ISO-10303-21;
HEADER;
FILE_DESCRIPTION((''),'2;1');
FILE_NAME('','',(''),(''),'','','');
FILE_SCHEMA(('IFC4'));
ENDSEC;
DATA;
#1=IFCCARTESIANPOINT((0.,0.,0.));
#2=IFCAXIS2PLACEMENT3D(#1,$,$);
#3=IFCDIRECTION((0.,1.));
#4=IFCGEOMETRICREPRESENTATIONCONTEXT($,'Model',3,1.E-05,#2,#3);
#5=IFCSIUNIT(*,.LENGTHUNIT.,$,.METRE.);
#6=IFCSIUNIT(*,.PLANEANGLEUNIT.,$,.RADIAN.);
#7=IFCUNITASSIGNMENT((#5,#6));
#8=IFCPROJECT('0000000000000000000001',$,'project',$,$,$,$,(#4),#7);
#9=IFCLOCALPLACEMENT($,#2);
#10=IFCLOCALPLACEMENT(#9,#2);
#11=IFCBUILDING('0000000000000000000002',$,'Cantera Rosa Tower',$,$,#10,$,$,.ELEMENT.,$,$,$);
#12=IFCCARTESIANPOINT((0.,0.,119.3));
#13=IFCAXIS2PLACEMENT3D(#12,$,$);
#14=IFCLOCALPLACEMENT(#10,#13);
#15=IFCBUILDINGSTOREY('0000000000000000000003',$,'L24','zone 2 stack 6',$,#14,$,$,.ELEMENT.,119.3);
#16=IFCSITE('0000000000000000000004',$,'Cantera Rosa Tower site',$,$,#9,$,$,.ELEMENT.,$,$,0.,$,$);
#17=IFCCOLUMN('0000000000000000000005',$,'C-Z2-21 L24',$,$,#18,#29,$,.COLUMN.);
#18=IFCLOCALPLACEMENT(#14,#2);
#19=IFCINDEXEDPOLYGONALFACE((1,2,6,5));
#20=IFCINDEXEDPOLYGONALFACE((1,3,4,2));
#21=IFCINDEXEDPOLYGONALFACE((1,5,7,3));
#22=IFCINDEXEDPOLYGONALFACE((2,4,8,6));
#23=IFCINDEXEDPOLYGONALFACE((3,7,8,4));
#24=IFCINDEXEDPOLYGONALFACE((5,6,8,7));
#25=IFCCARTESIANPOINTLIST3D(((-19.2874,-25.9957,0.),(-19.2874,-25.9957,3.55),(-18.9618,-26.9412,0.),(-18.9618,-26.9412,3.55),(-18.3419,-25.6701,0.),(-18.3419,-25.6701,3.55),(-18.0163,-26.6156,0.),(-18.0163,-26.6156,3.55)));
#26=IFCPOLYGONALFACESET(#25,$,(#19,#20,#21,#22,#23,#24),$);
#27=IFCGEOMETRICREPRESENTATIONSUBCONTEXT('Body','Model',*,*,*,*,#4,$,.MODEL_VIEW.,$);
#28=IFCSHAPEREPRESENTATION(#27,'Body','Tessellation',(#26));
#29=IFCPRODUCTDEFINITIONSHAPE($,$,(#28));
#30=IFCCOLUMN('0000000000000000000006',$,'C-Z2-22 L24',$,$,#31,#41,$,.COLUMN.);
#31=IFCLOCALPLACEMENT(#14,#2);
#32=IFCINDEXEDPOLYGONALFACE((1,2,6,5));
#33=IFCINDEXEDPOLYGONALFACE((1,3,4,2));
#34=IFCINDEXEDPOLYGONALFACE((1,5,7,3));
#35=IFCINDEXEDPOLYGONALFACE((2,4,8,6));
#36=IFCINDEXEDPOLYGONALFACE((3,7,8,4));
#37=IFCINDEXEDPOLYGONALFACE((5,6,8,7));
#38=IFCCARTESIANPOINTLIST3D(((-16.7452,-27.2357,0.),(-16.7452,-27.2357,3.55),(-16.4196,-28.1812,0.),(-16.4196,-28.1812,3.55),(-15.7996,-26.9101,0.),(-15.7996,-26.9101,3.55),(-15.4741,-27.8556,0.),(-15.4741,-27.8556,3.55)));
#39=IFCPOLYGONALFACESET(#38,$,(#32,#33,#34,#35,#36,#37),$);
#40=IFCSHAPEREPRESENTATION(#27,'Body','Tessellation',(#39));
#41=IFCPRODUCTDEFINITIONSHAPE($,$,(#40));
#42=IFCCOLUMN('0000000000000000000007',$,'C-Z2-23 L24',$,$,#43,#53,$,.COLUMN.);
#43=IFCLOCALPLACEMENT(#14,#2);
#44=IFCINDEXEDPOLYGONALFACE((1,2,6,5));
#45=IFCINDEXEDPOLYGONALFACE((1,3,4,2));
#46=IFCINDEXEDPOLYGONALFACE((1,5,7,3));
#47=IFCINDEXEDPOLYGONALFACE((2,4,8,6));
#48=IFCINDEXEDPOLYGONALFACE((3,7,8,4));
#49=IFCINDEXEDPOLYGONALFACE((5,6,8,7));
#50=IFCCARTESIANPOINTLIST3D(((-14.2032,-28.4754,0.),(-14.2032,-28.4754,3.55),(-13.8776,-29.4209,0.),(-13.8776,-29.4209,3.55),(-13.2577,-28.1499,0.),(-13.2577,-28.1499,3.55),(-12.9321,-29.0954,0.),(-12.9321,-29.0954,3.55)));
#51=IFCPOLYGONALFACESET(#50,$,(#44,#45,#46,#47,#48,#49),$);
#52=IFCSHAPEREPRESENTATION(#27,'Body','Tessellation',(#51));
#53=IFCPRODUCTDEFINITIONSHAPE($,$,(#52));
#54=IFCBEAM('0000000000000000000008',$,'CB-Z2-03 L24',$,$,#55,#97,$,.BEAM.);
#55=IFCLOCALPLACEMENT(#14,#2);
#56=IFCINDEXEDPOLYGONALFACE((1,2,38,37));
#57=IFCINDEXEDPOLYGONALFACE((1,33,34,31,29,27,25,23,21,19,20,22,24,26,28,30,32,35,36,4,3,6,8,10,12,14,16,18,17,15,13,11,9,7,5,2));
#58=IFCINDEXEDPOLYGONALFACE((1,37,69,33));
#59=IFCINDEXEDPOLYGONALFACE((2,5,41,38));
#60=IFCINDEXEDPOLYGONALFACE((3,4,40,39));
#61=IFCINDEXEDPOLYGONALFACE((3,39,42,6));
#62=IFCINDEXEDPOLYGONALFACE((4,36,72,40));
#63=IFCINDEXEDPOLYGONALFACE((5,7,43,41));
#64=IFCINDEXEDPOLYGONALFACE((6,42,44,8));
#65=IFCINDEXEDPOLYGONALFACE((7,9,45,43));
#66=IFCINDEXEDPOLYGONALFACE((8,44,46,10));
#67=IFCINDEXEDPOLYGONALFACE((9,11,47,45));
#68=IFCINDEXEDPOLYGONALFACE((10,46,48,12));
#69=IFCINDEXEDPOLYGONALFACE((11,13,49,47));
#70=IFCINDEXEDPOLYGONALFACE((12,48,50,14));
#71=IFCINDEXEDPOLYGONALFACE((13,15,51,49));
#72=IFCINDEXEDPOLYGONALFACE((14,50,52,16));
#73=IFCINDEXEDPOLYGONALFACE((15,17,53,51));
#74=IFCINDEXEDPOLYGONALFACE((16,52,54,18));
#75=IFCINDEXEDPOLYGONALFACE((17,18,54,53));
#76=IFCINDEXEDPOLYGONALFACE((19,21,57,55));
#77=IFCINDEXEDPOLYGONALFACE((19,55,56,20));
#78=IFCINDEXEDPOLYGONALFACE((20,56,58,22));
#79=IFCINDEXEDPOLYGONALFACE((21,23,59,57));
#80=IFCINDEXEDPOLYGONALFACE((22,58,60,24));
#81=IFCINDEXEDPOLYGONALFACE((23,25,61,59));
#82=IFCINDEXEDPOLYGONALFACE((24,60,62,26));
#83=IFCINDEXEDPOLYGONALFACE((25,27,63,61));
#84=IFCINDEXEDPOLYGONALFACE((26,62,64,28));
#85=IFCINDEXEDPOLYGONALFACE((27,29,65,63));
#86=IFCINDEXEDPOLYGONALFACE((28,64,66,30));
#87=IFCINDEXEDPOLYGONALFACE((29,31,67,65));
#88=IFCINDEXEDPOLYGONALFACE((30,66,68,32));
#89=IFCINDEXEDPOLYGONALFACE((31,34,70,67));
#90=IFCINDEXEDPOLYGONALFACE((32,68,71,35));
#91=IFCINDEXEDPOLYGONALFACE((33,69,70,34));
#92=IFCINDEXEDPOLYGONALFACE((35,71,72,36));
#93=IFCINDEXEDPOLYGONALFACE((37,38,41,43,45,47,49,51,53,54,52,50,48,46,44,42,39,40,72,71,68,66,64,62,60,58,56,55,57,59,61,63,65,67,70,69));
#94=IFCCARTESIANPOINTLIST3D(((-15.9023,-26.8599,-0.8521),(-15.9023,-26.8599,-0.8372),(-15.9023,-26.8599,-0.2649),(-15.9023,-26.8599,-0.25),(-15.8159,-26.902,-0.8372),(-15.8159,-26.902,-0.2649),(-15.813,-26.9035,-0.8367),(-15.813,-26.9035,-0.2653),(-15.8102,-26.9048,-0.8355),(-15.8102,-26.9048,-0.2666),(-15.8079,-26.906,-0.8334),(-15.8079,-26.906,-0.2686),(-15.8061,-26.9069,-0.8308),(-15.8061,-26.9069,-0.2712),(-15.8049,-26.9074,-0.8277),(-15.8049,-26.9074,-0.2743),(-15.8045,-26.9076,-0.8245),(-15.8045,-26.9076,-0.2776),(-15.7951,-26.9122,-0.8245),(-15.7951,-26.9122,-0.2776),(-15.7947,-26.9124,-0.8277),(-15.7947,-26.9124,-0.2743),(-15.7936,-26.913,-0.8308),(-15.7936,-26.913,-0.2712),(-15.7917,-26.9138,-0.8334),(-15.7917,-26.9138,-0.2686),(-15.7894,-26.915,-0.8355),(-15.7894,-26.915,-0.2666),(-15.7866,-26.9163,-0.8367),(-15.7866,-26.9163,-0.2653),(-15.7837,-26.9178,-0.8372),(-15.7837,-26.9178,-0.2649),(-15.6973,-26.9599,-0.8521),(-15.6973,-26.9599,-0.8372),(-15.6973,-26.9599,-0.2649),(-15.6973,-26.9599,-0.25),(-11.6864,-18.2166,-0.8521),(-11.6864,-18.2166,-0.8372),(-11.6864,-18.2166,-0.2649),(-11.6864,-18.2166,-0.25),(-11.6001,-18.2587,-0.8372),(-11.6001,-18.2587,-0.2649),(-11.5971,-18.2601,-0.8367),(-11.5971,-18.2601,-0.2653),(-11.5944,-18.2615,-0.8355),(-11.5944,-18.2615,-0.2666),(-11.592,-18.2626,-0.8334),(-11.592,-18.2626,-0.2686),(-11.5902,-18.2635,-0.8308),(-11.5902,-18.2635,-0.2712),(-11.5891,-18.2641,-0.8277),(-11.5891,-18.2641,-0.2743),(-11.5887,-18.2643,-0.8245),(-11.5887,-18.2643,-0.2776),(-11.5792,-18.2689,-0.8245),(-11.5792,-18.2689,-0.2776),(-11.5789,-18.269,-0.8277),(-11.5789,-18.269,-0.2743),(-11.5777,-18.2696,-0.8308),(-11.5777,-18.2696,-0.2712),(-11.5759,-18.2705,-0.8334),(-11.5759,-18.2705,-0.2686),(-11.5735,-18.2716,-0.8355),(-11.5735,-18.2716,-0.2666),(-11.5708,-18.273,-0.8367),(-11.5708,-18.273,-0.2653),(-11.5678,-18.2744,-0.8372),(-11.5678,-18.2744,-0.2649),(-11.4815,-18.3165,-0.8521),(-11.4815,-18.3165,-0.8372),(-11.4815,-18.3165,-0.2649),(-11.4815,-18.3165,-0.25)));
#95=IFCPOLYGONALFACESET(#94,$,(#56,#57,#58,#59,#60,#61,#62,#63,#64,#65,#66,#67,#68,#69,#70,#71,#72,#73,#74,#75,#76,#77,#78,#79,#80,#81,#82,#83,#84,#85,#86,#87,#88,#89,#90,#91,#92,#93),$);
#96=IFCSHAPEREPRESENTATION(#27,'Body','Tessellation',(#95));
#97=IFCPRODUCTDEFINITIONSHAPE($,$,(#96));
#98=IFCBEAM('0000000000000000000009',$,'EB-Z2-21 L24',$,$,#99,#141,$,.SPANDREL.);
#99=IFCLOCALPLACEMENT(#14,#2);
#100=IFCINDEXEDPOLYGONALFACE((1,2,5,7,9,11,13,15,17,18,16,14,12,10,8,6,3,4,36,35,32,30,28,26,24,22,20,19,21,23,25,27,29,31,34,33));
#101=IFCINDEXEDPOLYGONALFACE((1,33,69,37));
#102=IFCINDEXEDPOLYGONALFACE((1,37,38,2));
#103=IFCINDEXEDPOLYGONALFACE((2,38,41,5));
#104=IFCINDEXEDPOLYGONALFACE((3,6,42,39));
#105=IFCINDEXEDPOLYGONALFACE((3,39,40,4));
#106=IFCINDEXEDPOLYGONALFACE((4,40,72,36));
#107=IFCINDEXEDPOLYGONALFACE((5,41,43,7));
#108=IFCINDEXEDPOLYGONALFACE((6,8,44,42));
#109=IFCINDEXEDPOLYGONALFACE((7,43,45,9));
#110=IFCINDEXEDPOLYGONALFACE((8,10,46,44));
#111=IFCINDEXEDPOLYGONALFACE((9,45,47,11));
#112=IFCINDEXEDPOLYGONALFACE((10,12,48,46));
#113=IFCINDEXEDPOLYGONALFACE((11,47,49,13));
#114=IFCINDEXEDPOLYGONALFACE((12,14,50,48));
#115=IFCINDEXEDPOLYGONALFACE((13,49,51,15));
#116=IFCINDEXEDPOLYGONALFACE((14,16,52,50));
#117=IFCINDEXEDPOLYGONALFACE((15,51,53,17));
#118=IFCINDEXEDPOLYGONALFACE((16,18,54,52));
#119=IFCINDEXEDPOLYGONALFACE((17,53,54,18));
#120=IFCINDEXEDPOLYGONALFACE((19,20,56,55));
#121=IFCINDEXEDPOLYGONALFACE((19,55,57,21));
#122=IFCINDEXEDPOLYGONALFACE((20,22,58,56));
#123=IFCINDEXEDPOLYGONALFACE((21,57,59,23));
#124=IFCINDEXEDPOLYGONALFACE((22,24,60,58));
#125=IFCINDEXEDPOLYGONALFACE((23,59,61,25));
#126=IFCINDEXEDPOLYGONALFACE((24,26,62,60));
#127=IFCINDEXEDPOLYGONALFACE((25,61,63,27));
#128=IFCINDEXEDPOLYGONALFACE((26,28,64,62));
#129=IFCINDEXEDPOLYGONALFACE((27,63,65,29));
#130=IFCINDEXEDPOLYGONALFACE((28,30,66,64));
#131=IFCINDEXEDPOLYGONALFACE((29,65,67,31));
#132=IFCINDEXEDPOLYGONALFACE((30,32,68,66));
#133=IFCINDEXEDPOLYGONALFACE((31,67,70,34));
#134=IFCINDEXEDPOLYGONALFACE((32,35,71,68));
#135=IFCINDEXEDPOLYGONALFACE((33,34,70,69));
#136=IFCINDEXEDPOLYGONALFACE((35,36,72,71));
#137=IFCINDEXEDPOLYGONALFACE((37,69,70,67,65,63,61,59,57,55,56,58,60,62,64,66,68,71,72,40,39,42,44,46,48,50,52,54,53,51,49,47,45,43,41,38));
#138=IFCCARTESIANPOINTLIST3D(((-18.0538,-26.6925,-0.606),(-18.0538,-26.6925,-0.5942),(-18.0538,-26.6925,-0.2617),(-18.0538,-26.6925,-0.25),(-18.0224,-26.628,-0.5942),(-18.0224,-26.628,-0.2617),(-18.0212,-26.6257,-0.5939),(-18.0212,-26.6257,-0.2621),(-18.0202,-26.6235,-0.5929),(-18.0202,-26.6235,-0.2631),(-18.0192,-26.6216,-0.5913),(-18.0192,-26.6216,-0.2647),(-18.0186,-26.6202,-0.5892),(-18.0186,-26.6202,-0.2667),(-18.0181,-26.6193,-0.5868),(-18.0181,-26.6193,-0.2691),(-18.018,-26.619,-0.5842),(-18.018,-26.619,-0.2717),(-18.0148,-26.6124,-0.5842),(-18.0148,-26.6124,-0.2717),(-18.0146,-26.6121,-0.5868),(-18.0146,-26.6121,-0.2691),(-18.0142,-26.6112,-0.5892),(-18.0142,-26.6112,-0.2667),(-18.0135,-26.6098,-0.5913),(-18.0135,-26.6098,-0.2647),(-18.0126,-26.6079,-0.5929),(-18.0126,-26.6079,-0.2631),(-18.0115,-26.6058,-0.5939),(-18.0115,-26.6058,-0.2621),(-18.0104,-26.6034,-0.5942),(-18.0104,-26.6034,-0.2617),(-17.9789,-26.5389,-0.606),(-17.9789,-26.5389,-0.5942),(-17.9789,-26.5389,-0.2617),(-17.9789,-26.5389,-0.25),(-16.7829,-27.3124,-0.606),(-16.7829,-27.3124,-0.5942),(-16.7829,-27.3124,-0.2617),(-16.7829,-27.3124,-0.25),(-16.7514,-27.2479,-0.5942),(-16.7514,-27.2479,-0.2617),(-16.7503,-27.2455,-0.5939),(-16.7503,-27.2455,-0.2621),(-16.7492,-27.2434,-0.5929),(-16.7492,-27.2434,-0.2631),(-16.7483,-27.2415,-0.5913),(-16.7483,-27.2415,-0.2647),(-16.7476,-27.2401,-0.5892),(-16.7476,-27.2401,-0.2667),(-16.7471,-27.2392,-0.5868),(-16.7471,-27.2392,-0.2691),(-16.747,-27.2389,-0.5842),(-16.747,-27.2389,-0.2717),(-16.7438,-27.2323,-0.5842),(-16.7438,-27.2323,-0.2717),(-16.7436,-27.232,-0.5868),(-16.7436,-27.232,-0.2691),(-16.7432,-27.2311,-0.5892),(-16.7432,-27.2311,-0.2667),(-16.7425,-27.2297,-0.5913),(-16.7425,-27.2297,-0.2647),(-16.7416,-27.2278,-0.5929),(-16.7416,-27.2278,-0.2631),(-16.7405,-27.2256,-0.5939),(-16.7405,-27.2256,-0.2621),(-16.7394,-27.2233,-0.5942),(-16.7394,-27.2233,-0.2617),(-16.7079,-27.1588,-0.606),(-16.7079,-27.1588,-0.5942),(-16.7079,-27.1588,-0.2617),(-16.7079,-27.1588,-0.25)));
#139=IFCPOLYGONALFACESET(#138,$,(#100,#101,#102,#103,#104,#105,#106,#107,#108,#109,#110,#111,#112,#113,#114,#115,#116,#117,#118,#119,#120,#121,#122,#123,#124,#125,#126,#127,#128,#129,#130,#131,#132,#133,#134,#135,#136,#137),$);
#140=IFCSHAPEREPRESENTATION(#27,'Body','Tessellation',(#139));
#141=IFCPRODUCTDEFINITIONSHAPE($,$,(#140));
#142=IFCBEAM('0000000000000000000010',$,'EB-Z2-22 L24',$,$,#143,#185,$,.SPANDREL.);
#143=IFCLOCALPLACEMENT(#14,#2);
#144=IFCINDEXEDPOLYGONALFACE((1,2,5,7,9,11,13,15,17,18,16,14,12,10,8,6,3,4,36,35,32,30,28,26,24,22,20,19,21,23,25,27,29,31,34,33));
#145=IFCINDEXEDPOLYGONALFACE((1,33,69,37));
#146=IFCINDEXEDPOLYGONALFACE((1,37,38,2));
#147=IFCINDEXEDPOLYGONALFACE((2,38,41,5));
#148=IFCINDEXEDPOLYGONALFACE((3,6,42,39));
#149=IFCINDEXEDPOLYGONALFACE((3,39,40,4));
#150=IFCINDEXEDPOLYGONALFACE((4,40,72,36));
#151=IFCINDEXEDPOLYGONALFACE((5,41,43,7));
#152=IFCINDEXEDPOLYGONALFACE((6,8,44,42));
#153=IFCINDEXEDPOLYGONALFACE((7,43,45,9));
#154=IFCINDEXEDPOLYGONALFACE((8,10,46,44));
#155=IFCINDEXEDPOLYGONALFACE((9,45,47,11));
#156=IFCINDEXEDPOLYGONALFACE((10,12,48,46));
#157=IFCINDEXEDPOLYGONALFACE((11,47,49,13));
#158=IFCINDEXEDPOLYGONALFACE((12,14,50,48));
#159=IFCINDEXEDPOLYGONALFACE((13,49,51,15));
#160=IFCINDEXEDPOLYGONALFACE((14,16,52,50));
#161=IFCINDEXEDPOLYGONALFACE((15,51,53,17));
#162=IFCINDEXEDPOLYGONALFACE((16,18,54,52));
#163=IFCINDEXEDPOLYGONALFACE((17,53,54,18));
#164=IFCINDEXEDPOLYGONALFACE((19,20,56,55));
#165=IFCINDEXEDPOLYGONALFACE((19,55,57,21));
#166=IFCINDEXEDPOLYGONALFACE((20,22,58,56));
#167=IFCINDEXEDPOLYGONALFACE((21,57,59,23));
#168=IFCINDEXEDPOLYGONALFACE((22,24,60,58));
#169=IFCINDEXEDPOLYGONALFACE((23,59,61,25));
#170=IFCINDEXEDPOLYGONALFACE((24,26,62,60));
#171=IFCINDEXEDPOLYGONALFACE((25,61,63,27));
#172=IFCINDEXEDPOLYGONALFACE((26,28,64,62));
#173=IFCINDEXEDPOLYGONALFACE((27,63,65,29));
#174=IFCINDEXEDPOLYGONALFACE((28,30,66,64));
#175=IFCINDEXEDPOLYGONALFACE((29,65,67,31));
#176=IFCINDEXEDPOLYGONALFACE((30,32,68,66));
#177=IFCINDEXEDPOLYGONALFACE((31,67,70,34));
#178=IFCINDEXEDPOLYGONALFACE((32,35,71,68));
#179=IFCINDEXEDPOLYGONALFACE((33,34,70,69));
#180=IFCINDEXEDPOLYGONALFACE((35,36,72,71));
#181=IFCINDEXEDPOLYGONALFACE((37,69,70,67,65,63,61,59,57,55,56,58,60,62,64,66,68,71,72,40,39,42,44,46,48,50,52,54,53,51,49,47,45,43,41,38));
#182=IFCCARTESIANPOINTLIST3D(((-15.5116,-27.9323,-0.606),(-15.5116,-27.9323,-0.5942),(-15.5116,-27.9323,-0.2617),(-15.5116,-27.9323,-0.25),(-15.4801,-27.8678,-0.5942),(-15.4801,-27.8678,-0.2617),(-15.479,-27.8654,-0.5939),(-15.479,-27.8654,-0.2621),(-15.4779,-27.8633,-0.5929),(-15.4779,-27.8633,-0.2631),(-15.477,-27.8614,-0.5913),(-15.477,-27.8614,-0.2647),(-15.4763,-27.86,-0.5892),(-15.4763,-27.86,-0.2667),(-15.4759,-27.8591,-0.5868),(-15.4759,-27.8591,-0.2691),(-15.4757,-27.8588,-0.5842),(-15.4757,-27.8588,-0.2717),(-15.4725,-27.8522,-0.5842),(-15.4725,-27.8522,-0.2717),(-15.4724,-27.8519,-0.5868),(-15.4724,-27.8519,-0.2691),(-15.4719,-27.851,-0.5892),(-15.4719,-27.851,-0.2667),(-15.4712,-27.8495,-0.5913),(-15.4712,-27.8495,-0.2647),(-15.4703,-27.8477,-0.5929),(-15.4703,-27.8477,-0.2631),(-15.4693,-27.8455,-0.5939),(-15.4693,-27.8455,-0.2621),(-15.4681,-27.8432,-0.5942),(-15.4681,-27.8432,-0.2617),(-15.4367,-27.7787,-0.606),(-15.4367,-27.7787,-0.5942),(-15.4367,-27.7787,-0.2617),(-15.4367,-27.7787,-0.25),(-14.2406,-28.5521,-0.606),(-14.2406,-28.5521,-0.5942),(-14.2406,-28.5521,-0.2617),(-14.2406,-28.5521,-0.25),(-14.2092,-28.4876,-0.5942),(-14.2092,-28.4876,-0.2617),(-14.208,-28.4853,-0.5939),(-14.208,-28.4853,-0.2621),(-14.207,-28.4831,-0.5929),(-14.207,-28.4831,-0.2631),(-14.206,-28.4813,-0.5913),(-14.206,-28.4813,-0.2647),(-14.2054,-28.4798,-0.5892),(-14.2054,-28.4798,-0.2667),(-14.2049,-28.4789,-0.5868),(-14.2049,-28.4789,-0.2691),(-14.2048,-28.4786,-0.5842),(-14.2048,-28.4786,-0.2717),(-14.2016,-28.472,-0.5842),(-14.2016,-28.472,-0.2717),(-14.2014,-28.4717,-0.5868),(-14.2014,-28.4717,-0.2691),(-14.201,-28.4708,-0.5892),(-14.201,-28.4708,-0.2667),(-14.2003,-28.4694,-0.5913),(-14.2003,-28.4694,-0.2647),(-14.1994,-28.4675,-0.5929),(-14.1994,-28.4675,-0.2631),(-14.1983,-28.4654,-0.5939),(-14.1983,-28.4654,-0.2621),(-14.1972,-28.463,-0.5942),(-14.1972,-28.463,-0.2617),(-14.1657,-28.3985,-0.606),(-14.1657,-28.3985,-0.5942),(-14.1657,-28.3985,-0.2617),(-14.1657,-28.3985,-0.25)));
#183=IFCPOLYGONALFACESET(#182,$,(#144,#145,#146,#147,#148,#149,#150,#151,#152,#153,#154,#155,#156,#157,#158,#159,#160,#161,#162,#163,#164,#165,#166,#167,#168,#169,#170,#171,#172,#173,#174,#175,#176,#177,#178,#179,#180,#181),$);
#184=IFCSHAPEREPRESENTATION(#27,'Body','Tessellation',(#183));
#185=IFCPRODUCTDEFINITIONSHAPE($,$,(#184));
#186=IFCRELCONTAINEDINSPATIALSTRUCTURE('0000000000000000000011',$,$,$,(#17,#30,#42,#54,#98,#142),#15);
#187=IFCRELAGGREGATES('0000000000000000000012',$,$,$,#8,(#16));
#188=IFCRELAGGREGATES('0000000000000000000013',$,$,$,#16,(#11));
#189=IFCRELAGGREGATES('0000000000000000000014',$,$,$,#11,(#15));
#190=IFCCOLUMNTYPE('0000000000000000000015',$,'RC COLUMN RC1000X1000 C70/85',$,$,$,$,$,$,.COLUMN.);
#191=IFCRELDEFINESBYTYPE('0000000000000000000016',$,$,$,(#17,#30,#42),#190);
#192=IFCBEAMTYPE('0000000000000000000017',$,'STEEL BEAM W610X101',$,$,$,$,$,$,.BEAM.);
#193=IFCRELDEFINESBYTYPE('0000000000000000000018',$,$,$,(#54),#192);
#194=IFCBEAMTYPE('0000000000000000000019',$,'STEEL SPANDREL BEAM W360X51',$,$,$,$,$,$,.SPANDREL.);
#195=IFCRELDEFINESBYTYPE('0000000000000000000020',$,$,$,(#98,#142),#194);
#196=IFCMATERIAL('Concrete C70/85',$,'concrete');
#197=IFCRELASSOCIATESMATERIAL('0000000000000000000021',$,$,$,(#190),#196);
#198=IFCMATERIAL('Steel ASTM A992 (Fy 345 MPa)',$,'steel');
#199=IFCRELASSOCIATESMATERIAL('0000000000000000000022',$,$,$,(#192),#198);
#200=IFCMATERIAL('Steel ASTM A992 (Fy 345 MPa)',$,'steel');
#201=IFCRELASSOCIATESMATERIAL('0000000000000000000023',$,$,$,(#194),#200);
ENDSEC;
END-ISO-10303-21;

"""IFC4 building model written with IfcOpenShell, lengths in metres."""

from ifc_helpers import new_model, si_unit, direction, frame, origin, origin_2d, place, context, subcontext, project, spatial, rectangle, i_section, extrude, material, material_profile, profile_set, type_object, element, save


model = new_model("IFC4")

# Units and contexts
model_context = context("Model", 3, precision=1e-05, world=origin(), true_north=direction((0.0, 1.0)))
body_context = subcontext(model_context, "Body", "Model", "MODEL_VIEW")
ifc_project = project(units=[si_unit("LENGTHUNIT", "METRE"), si_unit("PLANEANGLEUNIT", "RADIAN")], contexts=[model_context])

# Site, building, storey
site_placement = place(None, origin())
site = spatial("IfcSite", under=ifc_project, at=site_placement, Name="Cantera Rosa Tower site", CompositionType="ELEMENT", RefElevation=0.0)
building_placement = place(site_placement, origin())
building = spatial("IfcBuilding", under=site, at=building_placement, Name="Cantera Rosa Tower", CompositionType="ELEMENT")
storey_placement = place(building_placement, frame((0.0, 0.0, 119.3)))
storey = spatial("IfcBuildingStorey", under=building, at=storey_placement, Name="L24", Description="zone 2 stack 6", CompositionType="ELEMENT", Elevation=119.3)

# Columns
ifc_material_1 = material(Name="Concrete C70/85", Category="concrete")
ifc_material_profile_1 = material_profile(ifc_material_1, rectangle(XDim=1.0, YDim=1.0, at=origin_2d()), Name="RC COLUMN RC1000X1000 C70/85")
ifc_profile_set_1 = profile_set([ifc_material_profile_1], Name="Concrete C70/85")
column_type = type_object("IfcColumnType", Name="RC COLUMN RC1000X1000 C70/85", PredefinedType="COLUMN", material=ifc_profile_set_1)
for number, where, z_axis, x_axis, name in (
    (1, (-18.6519, -26.3057, 0.0), (0.0, 0.0, 1.0), (0.945519, 0.325568, 0.0), "C-Z2-21 L24"),
    (2, (-16.1096, -27.5457, 0.0), (0.0, 0.0, 1.0), (0.945519, 0.325568, 0.0), "C-Z2-22 L24"),
    (3, (-13.5676, -28.7854, 0.0), (0.0, 0.0, 1.0), (0.945519, 0.325568, 0.0), "C-Z2-23 L24"),
):
    element("IfcColumn", number, at=place(storey_placement, frame(where, z_axis=z_axis, x_axis=x_axis)), inside=storey, type_object=column_type, Name=name, PredefinedType="COLUMN", context=body_context, shape_type="SweptSolid", body=[
        extrude(rectangle(XDim=1.0, YDim=1.0, at=origin_2d()), origin(), (0.0, 0.0, 1.0), 3.55),
    ])

# Beams
ifc_material_2 = material(Name="Steel ASTM A992 (Fy 345 MPa)", Category="steel")
ifc_material_profile_2 = material_profile(ifc_material_2, i_section(OverallWidth=0.228, OverallDepth=0.6021, WebThickness=0.0105, FlangeThickness=0.0149, FilletRadius=0.0127, at=origin_2d()), Name="W610X101")
ifc_profile_set_2 = profile_set([ifc_material_profile_2], Name="Steel ASTM A992 (Fy 345 MPa)")
beam_type_1 = type_object("IfcBeamType", Name="STEEL BEAM W610X101", PredefinedType="BEAM", material=ifc_profile_set_2)
beam_1_placement = place(storey_placement, frame((-15.7998, -26.9099, -0.551), z_axis=(0.438388, 0.898786, 0.0), x_axis=(-0.898786, 0.438388, 0.0)))
element("IfcBeam", 4, at=beam_1_placement, inside=storey, type_object=beam_type_1, Name="CB-Z2-03 L24", PredefinedType="BEAM", context=body_context, shape_type="SweptSolid", body=[
    extrude(i_section(OverallWidth=0.228, OverallDepth=0.6021, WebThickness=0.0105, FlangeThickness=0.0149, FilletRadius=0.0127, at=origin_2d()), origin(), (0.0, 0.0, 1.0), 9.6167),
])
ifc_material_3 = material(Name="Steel ASTM A992 (Fy 345 MPa)", Category="steel")
ifc_material_profile_3 = material_profile(ifc_material_3, i_section(OverallWidth=0.1709, OverallDepth=0.356, WebThickness=0.0073, FlangeThickness=0.0117, FilletRadius=0.01, at=origin_2d()), Name="W360X51")
ifc_profile_set_3 = profile_set([ifc_material_profile_3], Name="Steel ASTM A992 (Fy 345 MPa)")
beam_type_2 = type_object("IfcBeamType", Name="STEEL SPANDREL BEAM W360X51", PredefinedType="SPANDREL", material=ifc_profile_set_3)
for number, where, z_axis, x_axis, name in (
    (5, (-18.0164, -26.6157, -0.428), (0.898803, -0.438352, 0.0), (0.438352, 0.898803, 0.0), "EB-Z2-21 L24"),
    (6, (-15.4741, -27.8555, -0.428), (0.898803, -0.438352, 0.0), (0.438352, 0.898803, 0.0), "EB-Z2-22 L24"),
):
    element("IfcBeam", number, at=place(storey_placement, frame(where, z_axis=z_axis, x_axis=x_axis)), inside=storey, type_object=beam_type_2, Name=name, PredefinedType="SPANDREL", context=body_context, shape_type="SweptSolid", body=[
        extrude(i_section(OverallWidth=0.1709, OverallDepth=0.356, WebThickness=0.0073, FlangeThickness=0.0117, FilletRadius=0.01, at=origin_2d()), origin(), (0.0, 0.0, 1.0), 1.4141),
    ])

save(model, "model.ifc")
